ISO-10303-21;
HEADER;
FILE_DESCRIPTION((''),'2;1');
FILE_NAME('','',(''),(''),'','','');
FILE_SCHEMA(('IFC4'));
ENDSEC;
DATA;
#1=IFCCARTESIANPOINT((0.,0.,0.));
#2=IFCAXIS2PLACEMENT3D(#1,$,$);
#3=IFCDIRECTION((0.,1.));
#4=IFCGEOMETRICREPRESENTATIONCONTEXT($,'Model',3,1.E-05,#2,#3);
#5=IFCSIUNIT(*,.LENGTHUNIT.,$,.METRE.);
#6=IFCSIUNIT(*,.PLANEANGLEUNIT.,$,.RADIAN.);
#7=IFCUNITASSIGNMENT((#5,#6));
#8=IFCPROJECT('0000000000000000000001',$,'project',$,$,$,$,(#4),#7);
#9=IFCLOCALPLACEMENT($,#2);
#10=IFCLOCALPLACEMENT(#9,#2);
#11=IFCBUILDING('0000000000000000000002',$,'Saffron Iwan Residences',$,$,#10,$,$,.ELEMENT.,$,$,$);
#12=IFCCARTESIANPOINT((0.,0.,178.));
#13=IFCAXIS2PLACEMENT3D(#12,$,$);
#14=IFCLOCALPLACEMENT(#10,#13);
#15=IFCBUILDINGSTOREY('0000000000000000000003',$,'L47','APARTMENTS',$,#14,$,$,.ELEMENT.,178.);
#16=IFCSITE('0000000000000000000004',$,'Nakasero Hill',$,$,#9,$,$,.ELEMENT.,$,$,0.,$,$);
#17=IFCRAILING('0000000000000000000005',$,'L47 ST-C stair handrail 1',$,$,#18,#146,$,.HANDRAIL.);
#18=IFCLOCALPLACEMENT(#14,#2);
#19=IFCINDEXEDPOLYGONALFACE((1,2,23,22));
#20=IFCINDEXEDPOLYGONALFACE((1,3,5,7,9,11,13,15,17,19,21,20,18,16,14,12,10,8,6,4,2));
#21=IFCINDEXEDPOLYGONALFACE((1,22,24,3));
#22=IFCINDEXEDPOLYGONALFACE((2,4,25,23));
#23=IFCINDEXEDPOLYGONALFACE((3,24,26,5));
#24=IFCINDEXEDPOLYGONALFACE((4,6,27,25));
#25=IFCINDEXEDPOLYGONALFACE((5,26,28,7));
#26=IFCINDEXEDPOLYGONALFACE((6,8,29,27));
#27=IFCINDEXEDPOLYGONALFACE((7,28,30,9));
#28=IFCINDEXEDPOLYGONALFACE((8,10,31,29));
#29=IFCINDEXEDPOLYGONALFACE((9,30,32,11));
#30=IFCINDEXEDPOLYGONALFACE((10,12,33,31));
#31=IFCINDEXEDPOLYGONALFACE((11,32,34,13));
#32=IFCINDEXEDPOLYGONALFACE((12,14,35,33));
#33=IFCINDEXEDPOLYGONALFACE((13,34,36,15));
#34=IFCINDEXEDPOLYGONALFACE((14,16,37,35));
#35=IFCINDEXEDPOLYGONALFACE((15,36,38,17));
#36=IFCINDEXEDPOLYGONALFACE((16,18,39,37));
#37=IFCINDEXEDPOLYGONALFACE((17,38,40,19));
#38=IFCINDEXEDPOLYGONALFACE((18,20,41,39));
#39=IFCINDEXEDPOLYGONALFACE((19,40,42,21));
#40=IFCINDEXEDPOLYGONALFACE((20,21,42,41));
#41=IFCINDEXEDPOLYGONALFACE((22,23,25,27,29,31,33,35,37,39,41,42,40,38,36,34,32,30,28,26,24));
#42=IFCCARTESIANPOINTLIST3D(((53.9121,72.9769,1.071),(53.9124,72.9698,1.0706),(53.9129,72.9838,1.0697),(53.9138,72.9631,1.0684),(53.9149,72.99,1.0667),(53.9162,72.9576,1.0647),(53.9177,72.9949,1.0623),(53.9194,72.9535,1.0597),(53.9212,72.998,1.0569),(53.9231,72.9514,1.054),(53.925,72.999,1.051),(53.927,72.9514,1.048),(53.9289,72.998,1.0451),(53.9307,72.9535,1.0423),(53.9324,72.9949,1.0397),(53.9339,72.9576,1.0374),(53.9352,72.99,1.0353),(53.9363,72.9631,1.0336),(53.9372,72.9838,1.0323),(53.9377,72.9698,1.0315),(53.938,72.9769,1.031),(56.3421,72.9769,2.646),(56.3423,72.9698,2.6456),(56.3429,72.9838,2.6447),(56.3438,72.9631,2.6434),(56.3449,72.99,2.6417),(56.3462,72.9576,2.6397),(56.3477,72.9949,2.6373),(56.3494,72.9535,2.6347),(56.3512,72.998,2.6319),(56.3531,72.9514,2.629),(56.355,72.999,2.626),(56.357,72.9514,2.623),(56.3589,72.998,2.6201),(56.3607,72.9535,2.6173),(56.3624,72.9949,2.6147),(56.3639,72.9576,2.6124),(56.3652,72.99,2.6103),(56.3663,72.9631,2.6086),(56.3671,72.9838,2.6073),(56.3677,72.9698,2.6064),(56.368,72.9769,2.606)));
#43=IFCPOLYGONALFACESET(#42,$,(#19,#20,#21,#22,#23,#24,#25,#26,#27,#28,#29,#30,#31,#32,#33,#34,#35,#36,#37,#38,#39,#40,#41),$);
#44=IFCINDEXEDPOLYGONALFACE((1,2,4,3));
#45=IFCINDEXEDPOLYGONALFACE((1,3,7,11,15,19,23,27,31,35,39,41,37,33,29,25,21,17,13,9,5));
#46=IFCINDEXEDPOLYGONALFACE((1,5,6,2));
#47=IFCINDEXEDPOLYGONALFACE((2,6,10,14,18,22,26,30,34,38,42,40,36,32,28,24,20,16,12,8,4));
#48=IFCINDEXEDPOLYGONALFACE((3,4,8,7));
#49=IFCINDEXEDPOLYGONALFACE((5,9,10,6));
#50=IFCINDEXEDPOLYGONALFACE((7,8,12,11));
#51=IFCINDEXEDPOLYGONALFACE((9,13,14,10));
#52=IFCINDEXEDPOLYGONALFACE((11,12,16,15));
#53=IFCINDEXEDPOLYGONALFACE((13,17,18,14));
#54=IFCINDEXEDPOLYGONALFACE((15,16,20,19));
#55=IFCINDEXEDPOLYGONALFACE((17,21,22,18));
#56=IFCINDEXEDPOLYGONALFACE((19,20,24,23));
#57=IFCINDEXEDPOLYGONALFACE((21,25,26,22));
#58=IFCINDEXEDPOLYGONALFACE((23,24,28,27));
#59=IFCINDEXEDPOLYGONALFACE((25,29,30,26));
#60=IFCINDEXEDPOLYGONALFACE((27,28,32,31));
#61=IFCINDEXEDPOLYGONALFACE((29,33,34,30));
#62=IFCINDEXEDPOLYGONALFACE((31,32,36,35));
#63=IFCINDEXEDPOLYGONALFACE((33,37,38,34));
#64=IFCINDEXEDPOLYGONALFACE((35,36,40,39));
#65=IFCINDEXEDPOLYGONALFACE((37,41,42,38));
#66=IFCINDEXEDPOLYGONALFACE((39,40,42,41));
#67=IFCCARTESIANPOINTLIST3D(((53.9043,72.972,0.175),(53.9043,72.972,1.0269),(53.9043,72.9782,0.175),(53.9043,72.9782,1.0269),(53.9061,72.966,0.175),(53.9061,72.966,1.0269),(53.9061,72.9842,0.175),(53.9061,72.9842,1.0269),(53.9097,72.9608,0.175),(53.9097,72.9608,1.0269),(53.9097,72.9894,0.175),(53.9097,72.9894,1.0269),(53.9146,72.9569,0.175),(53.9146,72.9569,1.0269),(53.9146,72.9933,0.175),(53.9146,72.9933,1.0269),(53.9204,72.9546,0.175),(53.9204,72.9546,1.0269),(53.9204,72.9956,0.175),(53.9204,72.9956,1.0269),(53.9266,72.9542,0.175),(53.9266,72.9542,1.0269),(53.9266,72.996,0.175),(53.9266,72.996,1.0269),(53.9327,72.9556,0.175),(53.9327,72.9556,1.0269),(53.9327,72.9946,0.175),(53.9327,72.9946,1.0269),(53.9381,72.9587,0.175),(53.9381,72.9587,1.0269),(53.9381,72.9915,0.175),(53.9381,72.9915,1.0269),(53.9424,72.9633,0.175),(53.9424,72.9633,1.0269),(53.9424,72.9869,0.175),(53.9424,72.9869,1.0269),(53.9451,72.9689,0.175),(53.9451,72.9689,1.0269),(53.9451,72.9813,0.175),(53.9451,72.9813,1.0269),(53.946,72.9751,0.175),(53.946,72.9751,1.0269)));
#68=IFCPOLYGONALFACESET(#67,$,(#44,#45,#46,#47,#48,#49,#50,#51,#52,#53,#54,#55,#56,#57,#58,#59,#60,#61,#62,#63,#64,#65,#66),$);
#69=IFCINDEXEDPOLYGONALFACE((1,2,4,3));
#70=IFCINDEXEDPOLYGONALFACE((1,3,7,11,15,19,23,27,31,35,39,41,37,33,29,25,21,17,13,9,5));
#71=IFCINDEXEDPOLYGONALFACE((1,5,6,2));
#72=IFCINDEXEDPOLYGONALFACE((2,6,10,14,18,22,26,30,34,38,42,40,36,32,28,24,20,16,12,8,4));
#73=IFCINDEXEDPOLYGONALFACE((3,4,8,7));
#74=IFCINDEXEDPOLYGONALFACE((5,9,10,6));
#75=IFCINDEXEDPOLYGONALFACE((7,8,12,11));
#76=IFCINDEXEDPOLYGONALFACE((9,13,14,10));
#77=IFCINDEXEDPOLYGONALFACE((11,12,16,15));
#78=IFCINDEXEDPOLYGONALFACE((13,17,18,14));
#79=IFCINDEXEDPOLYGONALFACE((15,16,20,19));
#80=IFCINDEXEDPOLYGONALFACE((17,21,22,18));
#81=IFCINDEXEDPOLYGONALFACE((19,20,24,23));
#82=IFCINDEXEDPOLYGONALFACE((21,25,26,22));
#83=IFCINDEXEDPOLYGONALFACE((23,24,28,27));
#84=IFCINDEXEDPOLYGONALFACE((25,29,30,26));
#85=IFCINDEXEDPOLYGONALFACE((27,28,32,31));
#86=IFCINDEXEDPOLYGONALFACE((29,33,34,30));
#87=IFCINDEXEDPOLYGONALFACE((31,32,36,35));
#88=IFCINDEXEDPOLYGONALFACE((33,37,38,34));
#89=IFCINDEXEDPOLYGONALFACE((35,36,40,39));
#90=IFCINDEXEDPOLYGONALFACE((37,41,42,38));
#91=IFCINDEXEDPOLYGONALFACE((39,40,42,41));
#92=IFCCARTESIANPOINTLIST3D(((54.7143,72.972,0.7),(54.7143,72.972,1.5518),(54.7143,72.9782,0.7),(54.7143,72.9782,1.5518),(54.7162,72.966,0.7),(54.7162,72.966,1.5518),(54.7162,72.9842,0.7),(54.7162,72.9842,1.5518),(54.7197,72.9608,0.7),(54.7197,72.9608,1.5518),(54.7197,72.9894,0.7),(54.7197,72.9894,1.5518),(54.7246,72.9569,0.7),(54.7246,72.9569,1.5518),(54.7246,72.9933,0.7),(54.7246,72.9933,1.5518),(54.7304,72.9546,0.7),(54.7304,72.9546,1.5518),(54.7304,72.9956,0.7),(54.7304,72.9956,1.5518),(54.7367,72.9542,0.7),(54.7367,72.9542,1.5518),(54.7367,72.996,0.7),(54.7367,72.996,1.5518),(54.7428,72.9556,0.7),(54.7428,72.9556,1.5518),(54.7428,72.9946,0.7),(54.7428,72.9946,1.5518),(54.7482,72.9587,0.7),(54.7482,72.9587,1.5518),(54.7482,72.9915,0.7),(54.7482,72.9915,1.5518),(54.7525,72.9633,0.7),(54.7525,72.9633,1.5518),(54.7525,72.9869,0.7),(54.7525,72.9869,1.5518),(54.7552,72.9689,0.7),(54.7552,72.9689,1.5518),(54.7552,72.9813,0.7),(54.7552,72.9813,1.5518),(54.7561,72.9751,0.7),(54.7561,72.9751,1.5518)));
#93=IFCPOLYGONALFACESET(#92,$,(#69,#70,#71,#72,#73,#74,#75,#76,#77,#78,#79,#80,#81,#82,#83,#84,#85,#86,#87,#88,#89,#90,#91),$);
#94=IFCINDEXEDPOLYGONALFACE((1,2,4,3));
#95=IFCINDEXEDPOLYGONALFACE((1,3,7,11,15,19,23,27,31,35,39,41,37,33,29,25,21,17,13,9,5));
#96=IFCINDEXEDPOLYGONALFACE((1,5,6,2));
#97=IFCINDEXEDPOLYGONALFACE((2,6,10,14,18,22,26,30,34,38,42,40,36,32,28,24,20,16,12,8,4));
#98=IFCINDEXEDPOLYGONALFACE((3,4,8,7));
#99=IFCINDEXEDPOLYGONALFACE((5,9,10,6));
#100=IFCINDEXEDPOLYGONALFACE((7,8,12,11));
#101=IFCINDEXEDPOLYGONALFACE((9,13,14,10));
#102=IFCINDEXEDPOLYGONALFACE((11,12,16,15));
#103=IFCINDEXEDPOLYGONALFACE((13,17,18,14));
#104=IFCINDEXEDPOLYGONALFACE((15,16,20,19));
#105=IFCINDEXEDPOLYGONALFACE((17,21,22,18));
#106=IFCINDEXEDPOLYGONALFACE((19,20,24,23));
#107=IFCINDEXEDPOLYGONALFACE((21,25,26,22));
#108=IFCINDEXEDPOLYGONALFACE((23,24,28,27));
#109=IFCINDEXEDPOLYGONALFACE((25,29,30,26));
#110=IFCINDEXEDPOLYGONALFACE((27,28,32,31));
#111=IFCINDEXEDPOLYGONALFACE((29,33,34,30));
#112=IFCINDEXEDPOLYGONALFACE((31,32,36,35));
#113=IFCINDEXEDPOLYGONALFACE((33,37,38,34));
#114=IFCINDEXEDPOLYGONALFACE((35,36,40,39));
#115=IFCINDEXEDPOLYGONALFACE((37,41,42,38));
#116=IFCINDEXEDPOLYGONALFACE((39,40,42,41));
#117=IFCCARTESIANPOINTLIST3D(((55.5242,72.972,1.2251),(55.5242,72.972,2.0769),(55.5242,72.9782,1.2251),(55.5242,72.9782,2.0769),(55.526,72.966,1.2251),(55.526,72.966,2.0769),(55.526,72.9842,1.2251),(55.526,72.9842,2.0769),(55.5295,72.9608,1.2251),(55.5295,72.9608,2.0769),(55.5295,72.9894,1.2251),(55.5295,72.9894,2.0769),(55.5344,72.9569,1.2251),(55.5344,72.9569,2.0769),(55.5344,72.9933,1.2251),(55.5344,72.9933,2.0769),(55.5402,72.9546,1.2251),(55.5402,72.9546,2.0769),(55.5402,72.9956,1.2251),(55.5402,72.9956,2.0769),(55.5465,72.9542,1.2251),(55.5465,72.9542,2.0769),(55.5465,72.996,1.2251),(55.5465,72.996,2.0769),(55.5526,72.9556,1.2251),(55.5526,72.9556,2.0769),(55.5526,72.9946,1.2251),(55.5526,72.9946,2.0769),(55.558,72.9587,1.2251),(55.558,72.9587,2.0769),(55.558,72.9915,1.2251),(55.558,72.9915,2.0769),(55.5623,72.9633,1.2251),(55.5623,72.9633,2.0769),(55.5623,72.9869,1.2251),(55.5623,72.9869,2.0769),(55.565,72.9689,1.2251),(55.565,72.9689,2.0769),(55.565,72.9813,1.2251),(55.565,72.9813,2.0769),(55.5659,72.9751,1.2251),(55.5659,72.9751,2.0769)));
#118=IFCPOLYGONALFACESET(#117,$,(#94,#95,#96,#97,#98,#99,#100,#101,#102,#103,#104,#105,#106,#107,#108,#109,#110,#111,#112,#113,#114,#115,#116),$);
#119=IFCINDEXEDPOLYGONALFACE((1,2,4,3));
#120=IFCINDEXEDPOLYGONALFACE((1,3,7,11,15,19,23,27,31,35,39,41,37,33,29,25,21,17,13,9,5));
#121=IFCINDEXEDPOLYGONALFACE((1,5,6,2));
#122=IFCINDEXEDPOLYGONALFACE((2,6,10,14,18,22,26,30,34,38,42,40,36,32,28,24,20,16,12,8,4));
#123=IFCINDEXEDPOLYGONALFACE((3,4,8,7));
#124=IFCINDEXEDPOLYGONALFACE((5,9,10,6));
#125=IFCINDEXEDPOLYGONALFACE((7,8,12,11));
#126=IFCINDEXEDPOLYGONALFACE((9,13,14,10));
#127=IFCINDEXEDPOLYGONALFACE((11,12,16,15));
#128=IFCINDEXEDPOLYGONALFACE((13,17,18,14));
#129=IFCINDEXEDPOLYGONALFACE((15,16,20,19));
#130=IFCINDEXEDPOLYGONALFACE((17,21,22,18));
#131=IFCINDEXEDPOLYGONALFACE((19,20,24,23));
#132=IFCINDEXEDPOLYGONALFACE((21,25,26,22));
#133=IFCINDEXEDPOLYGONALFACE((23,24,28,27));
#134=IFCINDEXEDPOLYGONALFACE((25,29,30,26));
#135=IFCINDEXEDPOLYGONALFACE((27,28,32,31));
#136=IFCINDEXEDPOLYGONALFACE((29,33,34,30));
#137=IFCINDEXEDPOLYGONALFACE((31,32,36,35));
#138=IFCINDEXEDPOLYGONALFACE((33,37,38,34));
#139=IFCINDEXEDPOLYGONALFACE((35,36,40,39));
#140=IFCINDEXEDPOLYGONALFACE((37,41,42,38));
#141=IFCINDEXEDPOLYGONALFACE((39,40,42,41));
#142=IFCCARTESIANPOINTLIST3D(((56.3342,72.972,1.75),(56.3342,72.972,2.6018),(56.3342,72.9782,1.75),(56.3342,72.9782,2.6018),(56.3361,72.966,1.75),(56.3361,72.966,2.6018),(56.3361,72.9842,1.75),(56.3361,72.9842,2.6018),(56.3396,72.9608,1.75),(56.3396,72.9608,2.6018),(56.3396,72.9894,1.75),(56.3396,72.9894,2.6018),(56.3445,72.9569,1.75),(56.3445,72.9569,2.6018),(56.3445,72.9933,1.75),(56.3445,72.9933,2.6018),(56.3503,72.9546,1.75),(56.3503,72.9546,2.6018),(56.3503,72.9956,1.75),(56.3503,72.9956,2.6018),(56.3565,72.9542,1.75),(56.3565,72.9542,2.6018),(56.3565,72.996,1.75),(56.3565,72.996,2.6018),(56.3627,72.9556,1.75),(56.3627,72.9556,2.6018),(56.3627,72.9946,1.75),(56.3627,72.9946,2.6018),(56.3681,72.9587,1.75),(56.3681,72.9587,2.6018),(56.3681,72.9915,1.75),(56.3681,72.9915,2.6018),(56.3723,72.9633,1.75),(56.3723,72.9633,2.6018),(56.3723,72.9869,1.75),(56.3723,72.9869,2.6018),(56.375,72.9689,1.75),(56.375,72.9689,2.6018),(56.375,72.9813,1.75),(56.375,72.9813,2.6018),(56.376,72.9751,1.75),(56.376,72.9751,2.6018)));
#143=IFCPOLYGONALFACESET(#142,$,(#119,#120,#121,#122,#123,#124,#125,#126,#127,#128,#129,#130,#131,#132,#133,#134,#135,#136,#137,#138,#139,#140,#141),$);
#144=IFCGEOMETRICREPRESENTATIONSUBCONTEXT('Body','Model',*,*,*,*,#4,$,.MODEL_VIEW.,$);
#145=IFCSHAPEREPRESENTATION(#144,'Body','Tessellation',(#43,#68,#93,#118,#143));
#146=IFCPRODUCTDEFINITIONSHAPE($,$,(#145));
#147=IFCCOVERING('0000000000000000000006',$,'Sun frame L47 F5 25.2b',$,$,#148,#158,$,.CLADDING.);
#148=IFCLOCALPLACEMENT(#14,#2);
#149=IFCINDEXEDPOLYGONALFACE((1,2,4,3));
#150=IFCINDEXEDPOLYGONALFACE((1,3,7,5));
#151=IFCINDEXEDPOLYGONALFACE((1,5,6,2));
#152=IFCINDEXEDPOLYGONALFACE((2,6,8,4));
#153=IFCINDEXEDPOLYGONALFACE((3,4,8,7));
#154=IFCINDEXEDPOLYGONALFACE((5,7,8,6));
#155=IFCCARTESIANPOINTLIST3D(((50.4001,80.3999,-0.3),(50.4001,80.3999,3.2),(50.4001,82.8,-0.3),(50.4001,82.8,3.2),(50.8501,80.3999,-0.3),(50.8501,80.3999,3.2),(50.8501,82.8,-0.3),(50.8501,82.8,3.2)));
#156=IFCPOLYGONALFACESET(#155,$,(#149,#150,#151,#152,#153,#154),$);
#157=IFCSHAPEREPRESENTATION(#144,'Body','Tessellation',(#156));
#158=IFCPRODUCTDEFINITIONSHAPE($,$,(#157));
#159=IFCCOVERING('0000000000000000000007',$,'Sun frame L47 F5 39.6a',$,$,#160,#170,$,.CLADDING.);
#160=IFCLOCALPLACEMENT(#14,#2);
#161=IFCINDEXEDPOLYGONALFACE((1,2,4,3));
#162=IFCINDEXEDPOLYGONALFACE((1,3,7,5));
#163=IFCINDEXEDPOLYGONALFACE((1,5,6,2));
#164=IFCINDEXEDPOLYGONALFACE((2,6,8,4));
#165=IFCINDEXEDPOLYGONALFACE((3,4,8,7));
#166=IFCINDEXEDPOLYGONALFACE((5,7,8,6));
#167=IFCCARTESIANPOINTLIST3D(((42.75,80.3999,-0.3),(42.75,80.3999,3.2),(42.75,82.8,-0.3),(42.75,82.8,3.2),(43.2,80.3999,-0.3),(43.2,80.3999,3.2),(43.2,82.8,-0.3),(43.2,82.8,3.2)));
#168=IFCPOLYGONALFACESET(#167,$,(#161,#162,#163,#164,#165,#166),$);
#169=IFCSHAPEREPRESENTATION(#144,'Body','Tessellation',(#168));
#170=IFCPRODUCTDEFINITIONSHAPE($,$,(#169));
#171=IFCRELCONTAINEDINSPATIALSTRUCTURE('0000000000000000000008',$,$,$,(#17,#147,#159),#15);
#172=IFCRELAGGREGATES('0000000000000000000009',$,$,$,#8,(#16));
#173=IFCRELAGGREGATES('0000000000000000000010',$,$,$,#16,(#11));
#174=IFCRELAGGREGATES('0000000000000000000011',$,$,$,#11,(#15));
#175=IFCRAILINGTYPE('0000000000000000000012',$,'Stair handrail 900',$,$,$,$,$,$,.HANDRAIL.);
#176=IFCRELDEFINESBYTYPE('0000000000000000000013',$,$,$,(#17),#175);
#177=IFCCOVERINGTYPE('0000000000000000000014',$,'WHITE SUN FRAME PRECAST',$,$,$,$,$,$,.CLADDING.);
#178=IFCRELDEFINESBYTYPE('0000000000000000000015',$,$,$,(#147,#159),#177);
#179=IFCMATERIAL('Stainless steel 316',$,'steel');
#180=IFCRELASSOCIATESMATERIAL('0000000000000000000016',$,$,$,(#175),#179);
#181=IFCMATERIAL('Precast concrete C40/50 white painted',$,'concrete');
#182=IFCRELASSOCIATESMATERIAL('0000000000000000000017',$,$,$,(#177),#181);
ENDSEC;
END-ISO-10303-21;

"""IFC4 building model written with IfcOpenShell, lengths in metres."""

from ifc_helpers import new_model, si_unit, direction, frame, origin, origin_2d, place, context, subcontext, project, spatial, polyline, circle, outline, extrude, material, type_object, element, save


model = new_model("IFC4")

# Units and contexts
model_context = context("Model", 3, precision=1e-05, world=origin(), true_north=direction((0.0, 1.0)))
body_context = subcontext(model_context, "Body", "Model", "MODEL_VIEW")
ifc_project = project(units=[si_unit("LENGTHUNIT", "METRE"), si_unit("PLANEANGLEUNIT", "RADIAN")], contexts=[model_context])

# Site, building, storey
site_placement = place(None, origin())
site = spatial("IfcSite", under=ifc_project, at=site_placement, Name="Nakasero Hill", CompositionType="ELEMENT", RefElevation=0.0)
building_placement = place(site_placement, origin())
building = spatial("IfcBuilding", under=site, at=building_placement, Name="Saffron Iwan Residences", CompositionType="ELEMENT")
storey_placement = place(building_placement, frame((0.0, 0.0, 178.0)))
storey = spatial("IfcBuildingStorey", under=building, at=storey_placement, Name="L47", Description="APARTMENTS", CompositionType="ELEMENT", Elevation=178.0)

# Railing
ifc_material_1 = material(Name="Stainless steel 316", Category="steel")
railing_type_1 = type_object("IfcRailingType", Name="Stair handrail 900", PredefinedType="HANDRAIL", material=ifc_material_1)
railing_1_placement = place(storey_placement, frame((53.925, 72.9751, 0.175)))
element("IfcRailing", 1, at=railing_1_placement, inside=storey, type_object=railing_type_1, Name="L47 ST-C stair handrail 1", PredefinedType="HANDRAIL", context=body_context, shape_type="SweptSolid", body=[
    extrude(circle(Radius=0.0239, at=origin_2d()), frame((0.0, 0.0, 0.876), z_axis=(0.839154, 0.0, 0.543894), x_axis=(0.0, 1.0, 0.0)), (0.0, 0.0, 1.0), 2.8958),
    extrude(circle(Radius=0.021, at=origin_2d()), origin(), (0.0, 0.0, 1.0), 0.8518),
    extrude(circle(Radius=0.021, at=origin_2d()), frame((0.8101, 0.0, 0.5249)), (0.0, 0.0, 1.0), 0.8518),
    extrude(circle(Radius=0.021, at=origin_2d()), frame((1.6199, 0.0, 1.05)), (0.0, 0.0, 1.0), 0.8518),
    extrude(circle(Radius=0.021, at=origin_2d()), frame((2.4299, 0.0, 1.575)), (0.0, 0.0, 1.0), 0.8518),
])

# Coverings
ifc_material_2 = material(Name="Precast concrete C40/50 white painted", Category="concrete")
covering_type_1 = type_object("IfcCoveringType", Name="WHITE SUN FRAME PRECAST", PredefinedType="CLADDING", material=ifc_material_2)
for number, where, z_axis, x_axis, name in (
    (2, (50.8501, 80.3999, -0.3), (0.0, 1.0, 0.0), (-1.0, 0.0, 0.0), "Sun frame L47 F5 25.2b"),
    (3, (43.2, 80.3999, -0.3), (0.0, 1.0, 0.0), (-1.0, 0.0, 0.0), "Sun frame L47 F5 39.6a"),
):
    element("IfcCovering", number, at=place(storey_placement, frame(where, z_axis=z_axis, x_axis=x_axis)), inside=storey, type_object=covering_type_1, Name=name, PredefinedType="CLADDING", context=body_context, shape_type="SweptSolid", body=[
        extrude(outline(polyline([(0.0, 0.0), (0.45, 0.0), (0.45, 3.5), (0.0, 3.5), (0.0, 0.0)])), origin(), (0.0, 0.0, 1.0), 2.4001),
    ])

save(model, "model.ifc")
